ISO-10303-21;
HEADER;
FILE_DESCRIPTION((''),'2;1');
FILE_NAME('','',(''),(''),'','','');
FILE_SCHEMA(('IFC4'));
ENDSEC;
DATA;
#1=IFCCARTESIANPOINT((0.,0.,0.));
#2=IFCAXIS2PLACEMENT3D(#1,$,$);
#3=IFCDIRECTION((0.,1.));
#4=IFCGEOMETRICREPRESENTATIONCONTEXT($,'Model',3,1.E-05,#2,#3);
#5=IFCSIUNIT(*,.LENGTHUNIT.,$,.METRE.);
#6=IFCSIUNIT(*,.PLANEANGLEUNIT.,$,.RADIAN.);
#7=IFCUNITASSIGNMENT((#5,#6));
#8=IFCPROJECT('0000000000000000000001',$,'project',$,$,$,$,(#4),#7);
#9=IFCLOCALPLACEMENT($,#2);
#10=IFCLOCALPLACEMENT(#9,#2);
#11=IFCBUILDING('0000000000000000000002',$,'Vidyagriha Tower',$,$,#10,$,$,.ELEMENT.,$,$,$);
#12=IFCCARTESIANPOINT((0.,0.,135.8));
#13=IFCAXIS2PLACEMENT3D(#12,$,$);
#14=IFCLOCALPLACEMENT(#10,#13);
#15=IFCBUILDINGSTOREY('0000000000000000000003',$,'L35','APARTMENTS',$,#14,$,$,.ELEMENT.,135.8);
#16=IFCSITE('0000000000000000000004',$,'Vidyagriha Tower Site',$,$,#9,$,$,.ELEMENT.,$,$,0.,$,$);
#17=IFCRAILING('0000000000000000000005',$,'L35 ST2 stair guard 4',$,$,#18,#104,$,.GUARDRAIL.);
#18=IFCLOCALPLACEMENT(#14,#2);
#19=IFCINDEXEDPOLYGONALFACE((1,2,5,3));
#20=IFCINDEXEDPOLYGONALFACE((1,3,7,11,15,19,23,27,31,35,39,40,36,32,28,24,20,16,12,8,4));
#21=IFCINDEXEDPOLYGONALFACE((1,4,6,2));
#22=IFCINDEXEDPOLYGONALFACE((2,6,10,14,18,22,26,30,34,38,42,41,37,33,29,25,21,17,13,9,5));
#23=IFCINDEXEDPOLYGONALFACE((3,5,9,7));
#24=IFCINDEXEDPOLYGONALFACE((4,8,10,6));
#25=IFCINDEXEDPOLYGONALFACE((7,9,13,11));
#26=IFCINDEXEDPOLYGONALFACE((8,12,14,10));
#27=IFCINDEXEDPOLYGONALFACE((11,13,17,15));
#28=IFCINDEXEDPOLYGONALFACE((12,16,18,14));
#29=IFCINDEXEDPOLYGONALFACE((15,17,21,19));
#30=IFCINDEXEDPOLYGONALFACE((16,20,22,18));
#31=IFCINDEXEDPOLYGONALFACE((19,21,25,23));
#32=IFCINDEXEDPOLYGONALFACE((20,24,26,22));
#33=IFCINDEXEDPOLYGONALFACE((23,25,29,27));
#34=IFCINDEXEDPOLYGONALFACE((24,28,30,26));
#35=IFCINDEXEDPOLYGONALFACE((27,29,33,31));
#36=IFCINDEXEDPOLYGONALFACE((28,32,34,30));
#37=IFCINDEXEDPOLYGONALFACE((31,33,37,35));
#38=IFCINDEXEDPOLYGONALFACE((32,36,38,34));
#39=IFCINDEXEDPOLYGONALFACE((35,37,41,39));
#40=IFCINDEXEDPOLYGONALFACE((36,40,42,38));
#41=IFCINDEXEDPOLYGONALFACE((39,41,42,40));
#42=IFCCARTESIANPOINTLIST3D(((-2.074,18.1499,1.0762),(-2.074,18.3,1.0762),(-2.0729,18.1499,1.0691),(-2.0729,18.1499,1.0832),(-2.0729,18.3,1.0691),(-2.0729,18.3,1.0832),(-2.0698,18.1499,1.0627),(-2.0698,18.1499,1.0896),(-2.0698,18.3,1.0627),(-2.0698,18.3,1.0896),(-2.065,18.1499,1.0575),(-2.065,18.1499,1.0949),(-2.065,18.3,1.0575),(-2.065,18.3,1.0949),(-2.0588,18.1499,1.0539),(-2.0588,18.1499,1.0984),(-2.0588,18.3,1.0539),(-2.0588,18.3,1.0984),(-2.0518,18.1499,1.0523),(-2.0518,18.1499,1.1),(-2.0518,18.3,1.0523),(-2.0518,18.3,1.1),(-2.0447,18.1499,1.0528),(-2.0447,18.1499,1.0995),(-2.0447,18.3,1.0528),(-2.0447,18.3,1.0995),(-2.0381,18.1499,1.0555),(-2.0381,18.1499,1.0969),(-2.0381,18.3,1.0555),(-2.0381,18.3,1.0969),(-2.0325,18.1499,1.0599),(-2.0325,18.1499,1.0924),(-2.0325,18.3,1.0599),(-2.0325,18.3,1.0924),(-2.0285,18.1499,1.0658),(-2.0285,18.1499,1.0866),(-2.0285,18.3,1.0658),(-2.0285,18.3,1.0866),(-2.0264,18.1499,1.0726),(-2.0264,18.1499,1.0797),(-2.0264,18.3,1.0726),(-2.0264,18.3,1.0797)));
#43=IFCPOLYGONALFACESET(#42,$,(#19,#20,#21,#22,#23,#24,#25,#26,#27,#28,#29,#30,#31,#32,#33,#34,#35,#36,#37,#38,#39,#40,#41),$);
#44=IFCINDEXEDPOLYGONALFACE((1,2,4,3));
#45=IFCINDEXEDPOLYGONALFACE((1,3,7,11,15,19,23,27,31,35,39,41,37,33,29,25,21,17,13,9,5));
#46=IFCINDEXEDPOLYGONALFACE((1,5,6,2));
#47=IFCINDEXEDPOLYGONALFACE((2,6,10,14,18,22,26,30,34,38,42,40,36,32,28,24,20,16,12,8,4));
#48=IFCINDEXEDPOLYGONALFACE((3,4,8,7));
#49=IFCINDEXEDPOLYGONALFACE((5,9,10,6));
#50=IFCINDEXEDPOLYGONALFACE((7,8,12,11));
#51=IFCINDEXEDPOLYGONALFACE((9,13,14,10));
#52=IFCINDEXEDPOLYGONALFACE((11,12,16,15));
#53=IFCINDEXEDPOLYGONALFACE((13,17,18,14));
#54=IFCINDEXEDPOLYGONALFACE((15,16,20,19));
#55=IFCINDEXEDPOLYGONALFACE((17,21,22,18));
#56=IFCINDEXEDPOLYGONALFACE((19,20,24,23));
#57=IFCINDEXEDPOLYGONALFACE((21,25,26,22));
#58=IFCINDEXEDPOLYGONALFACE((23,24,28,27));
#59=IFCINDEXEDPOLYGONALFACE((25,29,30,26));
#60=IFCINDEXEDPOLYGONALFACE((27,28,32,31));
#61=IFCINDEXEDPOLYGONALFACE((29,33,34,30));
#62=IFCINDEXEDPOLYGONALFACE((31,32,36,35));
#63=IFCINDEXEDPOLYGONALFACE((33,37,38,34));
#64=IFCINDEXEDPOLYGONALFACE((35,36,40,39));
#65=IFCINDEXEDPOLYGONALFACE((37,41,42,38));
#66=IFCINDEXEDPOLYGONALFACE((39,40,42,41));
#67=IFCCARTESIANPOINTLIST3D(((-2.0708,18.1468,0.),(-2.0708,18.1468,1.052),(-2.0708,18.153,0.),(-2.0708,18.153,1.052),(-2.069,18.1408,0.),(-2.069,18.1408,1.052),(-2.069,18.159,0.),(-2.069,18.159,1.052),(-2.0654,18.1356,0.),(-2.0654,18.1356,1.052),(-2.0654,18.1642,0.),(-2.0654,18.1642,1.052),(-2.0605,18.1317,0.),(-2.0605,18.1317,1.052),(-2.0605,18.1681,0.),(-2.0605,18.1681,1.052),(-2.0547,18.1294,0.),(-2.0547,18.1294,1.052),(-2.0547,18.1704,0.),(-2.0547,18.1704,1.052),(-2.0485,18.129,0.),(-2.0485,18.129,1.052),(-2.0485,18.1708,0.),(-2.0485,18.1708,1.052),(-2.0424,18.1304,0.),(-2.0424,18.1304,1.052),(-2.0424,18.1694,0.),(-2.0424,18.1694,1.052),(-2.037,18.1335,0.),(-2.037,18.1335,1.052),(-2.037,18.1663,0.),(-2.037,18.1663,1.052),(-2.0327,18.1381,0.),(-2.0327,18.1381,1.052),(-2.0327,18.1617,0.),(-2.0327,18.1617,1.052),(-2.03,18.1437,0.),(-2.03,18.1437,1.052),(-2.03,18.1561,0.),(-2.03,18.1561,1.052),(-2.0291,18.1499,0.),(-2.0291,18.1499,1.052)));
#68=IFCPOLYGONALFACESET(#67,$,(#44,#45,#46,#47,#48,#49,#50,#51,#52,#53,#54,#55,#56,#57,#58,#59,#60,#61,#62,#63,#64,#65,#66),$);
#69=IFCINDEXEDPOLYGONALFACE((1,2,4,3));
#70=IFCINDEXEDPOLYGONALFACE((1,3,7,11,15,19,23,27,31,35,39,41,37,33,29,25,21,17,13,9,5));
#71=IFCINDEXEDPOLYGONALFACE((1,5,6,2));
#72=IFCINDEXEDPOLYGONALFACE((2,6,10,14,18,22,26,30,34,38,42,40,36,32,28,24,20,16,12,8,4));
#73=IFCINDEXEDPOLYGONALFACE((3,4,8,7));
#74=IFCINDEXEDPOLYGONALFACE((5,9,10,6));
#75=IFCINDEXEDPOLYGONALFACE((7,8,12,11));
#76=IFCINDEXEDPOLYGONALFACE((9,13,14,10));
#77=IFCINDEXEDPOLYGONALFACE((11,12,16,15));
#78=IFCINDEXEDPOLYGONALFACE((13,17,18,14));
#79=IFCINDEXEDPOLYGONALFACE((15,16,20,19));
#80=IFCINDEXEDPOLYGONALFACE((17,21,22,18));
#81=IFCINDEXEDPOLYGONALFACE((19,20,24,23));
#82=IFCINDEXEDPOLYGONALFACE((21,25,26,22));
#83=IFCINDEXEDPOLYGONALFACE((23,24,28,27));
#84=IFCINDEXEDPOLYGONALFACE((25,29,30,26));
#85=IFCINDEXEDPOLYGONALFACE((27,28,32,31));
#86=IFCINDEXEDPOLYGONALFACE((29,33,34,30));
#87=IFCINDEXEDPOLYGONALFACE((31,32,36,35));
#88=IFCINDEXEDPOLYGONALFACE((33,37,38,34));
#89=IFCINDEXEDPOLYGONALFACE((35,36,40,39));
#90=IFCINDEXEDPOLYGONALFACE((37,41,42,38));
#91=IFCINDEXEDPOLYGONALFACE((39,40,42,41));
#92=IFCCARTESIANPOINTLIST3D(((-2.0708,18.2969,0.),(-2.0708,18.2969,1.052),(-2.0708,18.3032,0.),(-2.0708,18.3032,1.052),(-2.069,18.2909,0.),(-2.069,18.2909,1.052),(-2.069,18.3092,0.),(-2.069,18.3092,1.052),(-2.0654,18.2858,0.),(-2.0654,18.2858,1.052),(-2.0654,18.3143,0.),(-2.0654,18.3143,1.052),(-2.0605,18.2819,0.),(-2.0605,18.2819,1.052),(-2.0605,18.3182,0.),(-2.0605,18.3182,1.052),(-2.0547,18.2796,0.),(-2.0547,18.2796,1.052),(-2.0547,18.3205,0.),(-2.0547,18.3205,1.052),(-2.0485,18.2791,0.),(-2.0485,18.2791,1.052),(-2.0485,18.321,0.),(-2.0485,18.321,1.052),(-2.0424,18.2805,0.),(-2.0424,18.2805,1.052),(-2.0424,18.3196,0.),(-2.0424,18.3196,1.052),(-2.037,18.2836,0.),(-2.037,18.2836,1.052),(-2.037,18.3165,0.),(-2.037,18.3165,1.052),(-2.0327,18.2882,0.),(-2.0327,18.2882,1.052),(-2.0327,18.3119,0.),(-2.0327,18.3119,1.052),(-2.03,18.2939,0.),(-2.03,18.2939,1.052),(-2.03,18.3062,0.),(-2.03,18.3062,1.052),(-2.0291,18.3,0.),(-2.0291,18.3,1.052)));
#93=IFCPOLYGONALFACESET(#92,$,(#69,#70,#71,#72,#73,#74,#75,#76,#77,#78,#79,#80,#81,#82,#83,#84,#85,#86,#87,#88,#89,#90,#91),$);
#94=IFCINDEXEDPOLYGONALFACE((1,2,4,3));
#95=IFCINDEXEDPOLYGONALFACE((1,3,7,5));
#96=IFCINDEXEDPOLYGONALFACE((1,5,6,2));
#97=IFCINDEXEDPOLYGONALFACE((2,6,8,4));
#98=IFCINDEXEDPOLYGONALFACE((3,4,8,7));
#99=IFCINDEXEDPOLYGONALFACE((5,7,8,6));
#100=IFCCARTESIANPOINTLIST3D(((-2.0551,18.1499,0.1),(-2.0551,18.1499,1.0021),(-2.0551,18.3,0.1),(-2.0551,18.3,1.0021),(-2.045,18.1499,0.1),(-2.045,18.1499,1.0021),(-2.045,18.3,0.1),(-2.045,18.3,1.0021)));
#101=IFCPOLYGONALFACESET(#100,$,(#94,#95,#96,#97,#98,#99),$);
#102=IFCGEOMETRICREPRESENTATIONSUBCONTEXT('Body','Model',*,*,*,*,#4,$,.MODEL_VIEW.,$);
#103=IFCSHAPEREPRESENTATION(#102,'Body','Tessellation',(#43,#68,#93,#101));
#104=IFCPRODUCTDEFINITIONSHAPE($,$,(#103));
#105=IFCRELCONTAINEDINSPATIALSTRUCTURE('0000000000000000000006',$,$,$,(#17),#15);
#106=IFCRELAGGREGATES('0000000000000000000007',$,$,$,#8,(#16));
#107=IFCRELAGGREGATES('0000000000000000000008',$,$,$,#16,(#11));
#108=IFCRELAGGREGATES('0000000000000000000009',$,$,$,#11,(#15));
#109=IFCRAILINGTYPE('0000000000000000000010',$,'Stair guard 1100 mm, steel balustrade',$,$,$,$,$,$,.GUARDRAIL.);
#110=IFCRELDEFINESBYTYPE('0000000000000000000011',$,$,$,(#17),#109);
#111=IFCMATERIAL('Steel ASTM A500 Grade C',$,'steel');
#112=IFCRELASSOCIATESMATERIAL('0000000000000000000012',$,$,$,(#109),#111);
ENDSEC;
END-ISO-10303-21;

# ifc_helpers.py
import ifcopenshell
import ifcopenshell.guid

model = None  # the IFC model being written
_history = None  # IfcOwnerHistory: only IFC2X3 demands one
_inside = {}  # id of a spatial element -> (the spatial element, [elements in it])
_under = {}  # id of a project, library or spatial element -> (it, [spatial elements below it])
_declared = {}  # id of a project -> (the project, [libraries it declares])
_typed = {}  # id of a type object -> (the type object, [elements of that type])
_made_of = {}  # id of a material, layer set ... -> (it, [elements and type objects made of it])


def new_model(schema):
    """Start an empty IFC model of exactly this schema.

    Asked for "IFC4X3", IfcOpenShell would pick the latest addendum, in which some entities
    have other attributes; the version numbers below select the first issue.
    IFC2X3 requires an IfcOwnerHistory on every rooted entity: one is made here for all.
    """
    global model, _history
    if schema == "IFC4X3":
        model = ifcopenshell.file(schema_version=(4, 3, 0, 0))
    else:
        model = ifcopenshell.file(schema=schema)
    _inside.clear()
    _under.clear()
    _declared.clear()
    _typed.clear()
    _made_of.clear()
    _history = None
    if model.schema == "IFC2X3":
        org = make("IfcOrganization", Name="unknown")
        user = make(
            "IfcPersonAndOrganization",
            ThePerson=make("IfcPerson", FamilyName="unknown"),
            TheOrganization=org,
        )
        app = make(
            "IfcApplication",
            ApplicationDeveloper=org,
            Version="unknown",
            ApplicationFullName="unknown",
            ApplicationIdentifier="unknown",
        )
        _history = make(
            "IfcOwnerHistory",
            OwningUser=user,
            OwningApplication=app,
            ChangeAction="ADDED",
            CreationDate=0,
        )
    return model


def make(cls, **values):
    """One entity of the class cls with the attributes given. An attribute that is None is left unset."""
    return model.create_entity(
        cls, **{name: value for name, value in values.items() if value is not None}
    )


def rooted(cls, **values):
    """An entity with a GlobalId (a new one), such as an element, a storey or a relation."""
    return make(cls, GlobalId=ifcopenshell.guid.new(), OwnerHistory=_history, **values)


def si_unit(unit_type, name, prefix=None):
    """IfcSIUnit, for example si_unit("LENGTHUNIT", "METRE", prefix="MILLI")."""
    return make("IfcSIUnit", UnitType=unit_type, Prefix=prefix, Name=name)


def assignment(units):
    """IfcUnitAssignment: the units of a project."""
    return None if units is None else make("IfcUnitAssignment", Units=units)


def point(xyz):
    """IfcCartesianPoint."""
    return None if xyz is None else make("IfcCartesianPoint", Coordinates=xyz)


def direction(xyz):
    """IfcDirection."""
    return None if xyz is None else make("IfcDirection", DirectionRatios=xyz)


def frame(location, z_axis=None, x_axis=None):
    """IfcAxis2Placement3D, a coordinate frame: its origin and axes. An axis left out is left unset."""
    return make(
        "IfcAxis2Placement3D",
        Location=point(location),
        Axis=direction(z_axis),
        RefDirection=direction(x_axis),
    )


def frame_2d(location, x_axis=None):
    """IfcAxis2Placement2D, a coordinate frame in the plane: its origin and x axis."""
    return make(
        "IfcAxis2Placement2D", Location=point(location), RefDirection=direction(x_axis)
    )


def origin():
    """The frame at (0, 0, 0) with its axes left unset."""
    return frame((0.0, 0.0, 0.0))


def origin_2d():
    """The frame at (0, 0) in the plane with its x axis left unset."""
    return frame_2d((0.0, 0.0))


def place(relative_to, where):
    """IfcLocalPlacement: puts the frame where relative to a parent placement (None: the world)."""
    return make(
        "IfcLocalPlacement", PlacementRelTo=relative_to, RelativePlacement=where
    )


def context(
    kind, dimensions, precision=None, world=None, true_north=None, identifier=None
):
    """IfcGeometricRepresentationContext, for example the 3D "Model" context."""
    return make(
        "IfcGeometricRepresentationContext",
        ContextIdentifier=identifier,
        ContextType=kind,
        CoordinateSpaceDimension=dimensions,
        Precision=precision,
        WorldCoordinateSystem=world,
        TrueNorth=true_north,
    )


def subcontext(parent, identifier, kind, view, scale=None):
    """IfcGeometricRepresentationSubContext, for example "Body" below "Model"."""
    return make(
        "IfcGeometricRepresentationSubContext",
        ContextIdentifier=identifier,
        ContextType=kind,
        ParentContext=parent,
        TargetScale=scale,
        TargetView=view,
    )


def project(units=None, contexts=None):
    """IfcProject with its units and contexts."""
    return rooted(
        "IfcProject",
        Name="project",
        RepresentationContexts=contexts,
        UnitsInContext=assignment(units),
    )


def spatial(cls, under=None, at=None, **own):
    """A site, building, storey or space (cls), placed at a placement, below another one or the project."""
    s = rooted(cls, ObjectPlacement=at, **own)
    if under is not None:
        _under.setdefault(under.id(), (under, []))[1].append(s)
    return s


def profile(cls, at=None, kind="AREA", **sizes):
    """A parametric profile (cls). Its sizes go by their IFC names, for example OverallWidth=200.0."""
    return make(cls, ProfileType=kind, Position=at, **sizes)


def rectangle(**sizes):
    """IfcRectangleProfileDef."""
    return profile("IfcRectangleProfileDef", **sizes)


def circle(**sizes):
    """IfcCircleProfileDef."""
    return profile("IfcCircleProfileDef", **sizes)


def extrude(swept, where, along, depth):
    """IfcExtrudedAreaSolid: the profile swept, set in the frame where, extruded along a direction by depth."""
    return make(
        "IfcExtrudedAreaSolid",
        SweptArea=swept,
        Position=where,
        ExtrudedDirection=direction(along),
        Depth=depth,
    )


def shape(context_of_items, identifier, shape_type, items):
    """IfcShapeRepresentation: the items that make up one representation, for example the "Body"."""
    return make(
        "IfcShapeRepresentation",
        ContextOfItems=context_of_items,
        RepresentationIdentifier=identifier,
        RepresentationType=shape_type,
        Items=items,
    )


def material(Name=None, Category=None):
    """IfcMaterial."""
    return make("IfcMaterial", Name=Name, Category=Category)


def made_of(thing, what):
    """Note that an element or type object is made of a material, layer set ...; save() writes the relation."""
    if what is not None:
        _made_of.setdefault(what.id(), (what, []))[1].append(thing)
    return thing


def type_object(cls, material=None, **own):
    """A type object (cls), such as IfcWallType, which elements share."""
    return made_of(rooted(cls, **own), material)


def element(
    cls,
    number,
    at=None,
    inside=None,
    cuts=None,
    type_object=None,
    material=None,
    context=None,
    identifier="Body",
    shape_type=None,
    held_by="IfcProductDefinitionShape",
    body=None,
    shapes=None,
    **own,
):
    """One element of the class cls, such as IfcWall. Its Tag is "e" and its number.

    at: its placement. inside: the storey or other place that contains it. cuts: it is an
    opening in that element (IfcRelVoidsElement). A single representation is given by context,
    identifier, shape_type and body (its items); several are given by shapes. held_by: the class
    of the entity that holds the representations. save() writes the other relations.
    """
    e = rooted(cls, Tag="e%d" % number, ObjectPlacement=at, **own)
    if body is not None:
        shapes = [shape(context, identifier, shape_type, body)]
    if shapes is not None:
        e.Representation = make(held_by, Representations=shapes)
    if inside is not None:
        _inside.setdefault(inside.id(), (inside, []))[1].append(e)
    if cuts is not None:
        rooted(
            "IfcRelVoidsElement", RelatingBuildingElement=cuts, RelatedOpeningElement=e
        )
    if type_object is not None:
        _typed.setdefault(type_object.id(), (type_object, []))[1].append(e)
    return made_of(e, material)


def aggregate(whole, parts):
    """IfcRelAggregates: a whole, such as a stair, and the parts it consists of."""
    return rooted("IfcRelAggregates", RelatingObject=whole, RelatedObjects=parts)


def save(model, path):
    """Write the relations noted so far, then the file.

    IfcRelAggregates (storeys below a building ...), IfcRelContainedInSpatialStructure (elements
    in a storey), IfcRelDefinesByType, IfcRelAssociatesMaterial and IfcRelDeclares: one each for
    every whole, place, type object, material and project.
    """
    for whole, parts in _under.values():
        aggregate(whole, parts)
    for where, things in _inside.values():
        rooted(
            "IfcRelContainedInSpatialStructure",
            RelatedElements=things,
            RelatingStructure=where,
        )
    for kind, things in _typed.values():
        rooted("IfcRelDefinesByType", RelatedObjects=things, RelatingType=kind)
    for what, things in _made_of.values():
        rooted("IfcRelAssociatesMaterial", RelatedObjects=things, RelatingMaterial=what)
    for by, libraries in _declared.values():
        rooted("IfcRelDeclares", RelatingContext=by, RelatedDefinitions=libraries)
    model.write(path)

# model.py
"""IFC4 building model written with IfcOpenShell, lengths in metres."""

from ifc_helpers import new_model, si_unit, direction, frame, origin, origin_2d, place, context, subcontext, project, spatial, rectangle, circle, extrude, material, type_object, element, save


model = new_model("IFC4")

# Units and contexts
model_context = context("Model", 3, precision=1e-05, world=origin(), true_north=direction((0.0, 1.0)))
body_context = subcontext(model_context, "Body", "Model", "MODEL_VIEW")
ifc_project = project(units=[si_unit("LENGTHUNIT", "METRE"), si_unit("PLANEANGLEUNIT", "RADIAN")], contexts=[model_context])

# Site, building, storey
site_placement = place(None, origin())
site = spatial("IfcSite", under=ifc_project, at=site_placement, Name="Vidyagriha Tower Site", CompositionType="ELEMENT", RefElevation=0.0)
building_placement = place(site_placement, origin())
building = spatial("IfcBuilding", under=site, at=building_placement, Name="Vidyagriha Tower", CompositionType="ELEMENT")
storey_placement = place(building_placement, frame((0.0, 0.0, 135.8)))
storey = spatial("IfcBuildingStorey", under=building, at=storey_placement, Name="L35", Description="APARTMENTS", CompositionType="ELEMENT", Elevation=135.8)

# Railing
ifc_material_1 = material(Name="Steel ASTM A500 Grade C", Category="steel")
railing_type_1 = type_object("IfcRailingType", Name="Stair guard 1100 mm, steel balustrade", PredefinedType="GUARDRAIL", material=ifc_material_1)
railing_1_placement = place(storey_placement, frame((-2.05, 18.1499, 0.0)))
element("IfcRailing", 1, at=railing_1_placement, inside=storey, type_object=railing_type_1, Name="L35 ST2 stair guard 4", PredefinedType="GUARDRAIL", context=body_context, shape_type="SweptSolid", body=[
    extrude(circle(Radius=0.0239, at=origin_2d()), frame((0.0, 0.0, 1.0762), z_axis=(0.0, 1.0, 0.0), x_axis=(-1.0, 0.0, 0.0)), (0.0, 0.0, 1.0), 0.1501),
    extrude(circle(Radius=0.021, at=origin_2d()), origin(), (0.0, 0.0, 1.0), 1.052),
    extrude(circle(Radius=0.021, at=origin_2d()), frame((0.0, 0.1501, 0.0)), (0.0, 0.0, 1.0), 1.052),
    extrude(rectangle(XDim=0.01, YDim=0.9021, at=origin_2d()), frame((0.0, 0.0, 0.551), z_axis=(0.0, 1.0, 0.0), x_axis=(-1.0, 0.0, 0.0)), (0.0, 0.0, 1.0), 0.1501),
])

save(model, "model.ifc")
